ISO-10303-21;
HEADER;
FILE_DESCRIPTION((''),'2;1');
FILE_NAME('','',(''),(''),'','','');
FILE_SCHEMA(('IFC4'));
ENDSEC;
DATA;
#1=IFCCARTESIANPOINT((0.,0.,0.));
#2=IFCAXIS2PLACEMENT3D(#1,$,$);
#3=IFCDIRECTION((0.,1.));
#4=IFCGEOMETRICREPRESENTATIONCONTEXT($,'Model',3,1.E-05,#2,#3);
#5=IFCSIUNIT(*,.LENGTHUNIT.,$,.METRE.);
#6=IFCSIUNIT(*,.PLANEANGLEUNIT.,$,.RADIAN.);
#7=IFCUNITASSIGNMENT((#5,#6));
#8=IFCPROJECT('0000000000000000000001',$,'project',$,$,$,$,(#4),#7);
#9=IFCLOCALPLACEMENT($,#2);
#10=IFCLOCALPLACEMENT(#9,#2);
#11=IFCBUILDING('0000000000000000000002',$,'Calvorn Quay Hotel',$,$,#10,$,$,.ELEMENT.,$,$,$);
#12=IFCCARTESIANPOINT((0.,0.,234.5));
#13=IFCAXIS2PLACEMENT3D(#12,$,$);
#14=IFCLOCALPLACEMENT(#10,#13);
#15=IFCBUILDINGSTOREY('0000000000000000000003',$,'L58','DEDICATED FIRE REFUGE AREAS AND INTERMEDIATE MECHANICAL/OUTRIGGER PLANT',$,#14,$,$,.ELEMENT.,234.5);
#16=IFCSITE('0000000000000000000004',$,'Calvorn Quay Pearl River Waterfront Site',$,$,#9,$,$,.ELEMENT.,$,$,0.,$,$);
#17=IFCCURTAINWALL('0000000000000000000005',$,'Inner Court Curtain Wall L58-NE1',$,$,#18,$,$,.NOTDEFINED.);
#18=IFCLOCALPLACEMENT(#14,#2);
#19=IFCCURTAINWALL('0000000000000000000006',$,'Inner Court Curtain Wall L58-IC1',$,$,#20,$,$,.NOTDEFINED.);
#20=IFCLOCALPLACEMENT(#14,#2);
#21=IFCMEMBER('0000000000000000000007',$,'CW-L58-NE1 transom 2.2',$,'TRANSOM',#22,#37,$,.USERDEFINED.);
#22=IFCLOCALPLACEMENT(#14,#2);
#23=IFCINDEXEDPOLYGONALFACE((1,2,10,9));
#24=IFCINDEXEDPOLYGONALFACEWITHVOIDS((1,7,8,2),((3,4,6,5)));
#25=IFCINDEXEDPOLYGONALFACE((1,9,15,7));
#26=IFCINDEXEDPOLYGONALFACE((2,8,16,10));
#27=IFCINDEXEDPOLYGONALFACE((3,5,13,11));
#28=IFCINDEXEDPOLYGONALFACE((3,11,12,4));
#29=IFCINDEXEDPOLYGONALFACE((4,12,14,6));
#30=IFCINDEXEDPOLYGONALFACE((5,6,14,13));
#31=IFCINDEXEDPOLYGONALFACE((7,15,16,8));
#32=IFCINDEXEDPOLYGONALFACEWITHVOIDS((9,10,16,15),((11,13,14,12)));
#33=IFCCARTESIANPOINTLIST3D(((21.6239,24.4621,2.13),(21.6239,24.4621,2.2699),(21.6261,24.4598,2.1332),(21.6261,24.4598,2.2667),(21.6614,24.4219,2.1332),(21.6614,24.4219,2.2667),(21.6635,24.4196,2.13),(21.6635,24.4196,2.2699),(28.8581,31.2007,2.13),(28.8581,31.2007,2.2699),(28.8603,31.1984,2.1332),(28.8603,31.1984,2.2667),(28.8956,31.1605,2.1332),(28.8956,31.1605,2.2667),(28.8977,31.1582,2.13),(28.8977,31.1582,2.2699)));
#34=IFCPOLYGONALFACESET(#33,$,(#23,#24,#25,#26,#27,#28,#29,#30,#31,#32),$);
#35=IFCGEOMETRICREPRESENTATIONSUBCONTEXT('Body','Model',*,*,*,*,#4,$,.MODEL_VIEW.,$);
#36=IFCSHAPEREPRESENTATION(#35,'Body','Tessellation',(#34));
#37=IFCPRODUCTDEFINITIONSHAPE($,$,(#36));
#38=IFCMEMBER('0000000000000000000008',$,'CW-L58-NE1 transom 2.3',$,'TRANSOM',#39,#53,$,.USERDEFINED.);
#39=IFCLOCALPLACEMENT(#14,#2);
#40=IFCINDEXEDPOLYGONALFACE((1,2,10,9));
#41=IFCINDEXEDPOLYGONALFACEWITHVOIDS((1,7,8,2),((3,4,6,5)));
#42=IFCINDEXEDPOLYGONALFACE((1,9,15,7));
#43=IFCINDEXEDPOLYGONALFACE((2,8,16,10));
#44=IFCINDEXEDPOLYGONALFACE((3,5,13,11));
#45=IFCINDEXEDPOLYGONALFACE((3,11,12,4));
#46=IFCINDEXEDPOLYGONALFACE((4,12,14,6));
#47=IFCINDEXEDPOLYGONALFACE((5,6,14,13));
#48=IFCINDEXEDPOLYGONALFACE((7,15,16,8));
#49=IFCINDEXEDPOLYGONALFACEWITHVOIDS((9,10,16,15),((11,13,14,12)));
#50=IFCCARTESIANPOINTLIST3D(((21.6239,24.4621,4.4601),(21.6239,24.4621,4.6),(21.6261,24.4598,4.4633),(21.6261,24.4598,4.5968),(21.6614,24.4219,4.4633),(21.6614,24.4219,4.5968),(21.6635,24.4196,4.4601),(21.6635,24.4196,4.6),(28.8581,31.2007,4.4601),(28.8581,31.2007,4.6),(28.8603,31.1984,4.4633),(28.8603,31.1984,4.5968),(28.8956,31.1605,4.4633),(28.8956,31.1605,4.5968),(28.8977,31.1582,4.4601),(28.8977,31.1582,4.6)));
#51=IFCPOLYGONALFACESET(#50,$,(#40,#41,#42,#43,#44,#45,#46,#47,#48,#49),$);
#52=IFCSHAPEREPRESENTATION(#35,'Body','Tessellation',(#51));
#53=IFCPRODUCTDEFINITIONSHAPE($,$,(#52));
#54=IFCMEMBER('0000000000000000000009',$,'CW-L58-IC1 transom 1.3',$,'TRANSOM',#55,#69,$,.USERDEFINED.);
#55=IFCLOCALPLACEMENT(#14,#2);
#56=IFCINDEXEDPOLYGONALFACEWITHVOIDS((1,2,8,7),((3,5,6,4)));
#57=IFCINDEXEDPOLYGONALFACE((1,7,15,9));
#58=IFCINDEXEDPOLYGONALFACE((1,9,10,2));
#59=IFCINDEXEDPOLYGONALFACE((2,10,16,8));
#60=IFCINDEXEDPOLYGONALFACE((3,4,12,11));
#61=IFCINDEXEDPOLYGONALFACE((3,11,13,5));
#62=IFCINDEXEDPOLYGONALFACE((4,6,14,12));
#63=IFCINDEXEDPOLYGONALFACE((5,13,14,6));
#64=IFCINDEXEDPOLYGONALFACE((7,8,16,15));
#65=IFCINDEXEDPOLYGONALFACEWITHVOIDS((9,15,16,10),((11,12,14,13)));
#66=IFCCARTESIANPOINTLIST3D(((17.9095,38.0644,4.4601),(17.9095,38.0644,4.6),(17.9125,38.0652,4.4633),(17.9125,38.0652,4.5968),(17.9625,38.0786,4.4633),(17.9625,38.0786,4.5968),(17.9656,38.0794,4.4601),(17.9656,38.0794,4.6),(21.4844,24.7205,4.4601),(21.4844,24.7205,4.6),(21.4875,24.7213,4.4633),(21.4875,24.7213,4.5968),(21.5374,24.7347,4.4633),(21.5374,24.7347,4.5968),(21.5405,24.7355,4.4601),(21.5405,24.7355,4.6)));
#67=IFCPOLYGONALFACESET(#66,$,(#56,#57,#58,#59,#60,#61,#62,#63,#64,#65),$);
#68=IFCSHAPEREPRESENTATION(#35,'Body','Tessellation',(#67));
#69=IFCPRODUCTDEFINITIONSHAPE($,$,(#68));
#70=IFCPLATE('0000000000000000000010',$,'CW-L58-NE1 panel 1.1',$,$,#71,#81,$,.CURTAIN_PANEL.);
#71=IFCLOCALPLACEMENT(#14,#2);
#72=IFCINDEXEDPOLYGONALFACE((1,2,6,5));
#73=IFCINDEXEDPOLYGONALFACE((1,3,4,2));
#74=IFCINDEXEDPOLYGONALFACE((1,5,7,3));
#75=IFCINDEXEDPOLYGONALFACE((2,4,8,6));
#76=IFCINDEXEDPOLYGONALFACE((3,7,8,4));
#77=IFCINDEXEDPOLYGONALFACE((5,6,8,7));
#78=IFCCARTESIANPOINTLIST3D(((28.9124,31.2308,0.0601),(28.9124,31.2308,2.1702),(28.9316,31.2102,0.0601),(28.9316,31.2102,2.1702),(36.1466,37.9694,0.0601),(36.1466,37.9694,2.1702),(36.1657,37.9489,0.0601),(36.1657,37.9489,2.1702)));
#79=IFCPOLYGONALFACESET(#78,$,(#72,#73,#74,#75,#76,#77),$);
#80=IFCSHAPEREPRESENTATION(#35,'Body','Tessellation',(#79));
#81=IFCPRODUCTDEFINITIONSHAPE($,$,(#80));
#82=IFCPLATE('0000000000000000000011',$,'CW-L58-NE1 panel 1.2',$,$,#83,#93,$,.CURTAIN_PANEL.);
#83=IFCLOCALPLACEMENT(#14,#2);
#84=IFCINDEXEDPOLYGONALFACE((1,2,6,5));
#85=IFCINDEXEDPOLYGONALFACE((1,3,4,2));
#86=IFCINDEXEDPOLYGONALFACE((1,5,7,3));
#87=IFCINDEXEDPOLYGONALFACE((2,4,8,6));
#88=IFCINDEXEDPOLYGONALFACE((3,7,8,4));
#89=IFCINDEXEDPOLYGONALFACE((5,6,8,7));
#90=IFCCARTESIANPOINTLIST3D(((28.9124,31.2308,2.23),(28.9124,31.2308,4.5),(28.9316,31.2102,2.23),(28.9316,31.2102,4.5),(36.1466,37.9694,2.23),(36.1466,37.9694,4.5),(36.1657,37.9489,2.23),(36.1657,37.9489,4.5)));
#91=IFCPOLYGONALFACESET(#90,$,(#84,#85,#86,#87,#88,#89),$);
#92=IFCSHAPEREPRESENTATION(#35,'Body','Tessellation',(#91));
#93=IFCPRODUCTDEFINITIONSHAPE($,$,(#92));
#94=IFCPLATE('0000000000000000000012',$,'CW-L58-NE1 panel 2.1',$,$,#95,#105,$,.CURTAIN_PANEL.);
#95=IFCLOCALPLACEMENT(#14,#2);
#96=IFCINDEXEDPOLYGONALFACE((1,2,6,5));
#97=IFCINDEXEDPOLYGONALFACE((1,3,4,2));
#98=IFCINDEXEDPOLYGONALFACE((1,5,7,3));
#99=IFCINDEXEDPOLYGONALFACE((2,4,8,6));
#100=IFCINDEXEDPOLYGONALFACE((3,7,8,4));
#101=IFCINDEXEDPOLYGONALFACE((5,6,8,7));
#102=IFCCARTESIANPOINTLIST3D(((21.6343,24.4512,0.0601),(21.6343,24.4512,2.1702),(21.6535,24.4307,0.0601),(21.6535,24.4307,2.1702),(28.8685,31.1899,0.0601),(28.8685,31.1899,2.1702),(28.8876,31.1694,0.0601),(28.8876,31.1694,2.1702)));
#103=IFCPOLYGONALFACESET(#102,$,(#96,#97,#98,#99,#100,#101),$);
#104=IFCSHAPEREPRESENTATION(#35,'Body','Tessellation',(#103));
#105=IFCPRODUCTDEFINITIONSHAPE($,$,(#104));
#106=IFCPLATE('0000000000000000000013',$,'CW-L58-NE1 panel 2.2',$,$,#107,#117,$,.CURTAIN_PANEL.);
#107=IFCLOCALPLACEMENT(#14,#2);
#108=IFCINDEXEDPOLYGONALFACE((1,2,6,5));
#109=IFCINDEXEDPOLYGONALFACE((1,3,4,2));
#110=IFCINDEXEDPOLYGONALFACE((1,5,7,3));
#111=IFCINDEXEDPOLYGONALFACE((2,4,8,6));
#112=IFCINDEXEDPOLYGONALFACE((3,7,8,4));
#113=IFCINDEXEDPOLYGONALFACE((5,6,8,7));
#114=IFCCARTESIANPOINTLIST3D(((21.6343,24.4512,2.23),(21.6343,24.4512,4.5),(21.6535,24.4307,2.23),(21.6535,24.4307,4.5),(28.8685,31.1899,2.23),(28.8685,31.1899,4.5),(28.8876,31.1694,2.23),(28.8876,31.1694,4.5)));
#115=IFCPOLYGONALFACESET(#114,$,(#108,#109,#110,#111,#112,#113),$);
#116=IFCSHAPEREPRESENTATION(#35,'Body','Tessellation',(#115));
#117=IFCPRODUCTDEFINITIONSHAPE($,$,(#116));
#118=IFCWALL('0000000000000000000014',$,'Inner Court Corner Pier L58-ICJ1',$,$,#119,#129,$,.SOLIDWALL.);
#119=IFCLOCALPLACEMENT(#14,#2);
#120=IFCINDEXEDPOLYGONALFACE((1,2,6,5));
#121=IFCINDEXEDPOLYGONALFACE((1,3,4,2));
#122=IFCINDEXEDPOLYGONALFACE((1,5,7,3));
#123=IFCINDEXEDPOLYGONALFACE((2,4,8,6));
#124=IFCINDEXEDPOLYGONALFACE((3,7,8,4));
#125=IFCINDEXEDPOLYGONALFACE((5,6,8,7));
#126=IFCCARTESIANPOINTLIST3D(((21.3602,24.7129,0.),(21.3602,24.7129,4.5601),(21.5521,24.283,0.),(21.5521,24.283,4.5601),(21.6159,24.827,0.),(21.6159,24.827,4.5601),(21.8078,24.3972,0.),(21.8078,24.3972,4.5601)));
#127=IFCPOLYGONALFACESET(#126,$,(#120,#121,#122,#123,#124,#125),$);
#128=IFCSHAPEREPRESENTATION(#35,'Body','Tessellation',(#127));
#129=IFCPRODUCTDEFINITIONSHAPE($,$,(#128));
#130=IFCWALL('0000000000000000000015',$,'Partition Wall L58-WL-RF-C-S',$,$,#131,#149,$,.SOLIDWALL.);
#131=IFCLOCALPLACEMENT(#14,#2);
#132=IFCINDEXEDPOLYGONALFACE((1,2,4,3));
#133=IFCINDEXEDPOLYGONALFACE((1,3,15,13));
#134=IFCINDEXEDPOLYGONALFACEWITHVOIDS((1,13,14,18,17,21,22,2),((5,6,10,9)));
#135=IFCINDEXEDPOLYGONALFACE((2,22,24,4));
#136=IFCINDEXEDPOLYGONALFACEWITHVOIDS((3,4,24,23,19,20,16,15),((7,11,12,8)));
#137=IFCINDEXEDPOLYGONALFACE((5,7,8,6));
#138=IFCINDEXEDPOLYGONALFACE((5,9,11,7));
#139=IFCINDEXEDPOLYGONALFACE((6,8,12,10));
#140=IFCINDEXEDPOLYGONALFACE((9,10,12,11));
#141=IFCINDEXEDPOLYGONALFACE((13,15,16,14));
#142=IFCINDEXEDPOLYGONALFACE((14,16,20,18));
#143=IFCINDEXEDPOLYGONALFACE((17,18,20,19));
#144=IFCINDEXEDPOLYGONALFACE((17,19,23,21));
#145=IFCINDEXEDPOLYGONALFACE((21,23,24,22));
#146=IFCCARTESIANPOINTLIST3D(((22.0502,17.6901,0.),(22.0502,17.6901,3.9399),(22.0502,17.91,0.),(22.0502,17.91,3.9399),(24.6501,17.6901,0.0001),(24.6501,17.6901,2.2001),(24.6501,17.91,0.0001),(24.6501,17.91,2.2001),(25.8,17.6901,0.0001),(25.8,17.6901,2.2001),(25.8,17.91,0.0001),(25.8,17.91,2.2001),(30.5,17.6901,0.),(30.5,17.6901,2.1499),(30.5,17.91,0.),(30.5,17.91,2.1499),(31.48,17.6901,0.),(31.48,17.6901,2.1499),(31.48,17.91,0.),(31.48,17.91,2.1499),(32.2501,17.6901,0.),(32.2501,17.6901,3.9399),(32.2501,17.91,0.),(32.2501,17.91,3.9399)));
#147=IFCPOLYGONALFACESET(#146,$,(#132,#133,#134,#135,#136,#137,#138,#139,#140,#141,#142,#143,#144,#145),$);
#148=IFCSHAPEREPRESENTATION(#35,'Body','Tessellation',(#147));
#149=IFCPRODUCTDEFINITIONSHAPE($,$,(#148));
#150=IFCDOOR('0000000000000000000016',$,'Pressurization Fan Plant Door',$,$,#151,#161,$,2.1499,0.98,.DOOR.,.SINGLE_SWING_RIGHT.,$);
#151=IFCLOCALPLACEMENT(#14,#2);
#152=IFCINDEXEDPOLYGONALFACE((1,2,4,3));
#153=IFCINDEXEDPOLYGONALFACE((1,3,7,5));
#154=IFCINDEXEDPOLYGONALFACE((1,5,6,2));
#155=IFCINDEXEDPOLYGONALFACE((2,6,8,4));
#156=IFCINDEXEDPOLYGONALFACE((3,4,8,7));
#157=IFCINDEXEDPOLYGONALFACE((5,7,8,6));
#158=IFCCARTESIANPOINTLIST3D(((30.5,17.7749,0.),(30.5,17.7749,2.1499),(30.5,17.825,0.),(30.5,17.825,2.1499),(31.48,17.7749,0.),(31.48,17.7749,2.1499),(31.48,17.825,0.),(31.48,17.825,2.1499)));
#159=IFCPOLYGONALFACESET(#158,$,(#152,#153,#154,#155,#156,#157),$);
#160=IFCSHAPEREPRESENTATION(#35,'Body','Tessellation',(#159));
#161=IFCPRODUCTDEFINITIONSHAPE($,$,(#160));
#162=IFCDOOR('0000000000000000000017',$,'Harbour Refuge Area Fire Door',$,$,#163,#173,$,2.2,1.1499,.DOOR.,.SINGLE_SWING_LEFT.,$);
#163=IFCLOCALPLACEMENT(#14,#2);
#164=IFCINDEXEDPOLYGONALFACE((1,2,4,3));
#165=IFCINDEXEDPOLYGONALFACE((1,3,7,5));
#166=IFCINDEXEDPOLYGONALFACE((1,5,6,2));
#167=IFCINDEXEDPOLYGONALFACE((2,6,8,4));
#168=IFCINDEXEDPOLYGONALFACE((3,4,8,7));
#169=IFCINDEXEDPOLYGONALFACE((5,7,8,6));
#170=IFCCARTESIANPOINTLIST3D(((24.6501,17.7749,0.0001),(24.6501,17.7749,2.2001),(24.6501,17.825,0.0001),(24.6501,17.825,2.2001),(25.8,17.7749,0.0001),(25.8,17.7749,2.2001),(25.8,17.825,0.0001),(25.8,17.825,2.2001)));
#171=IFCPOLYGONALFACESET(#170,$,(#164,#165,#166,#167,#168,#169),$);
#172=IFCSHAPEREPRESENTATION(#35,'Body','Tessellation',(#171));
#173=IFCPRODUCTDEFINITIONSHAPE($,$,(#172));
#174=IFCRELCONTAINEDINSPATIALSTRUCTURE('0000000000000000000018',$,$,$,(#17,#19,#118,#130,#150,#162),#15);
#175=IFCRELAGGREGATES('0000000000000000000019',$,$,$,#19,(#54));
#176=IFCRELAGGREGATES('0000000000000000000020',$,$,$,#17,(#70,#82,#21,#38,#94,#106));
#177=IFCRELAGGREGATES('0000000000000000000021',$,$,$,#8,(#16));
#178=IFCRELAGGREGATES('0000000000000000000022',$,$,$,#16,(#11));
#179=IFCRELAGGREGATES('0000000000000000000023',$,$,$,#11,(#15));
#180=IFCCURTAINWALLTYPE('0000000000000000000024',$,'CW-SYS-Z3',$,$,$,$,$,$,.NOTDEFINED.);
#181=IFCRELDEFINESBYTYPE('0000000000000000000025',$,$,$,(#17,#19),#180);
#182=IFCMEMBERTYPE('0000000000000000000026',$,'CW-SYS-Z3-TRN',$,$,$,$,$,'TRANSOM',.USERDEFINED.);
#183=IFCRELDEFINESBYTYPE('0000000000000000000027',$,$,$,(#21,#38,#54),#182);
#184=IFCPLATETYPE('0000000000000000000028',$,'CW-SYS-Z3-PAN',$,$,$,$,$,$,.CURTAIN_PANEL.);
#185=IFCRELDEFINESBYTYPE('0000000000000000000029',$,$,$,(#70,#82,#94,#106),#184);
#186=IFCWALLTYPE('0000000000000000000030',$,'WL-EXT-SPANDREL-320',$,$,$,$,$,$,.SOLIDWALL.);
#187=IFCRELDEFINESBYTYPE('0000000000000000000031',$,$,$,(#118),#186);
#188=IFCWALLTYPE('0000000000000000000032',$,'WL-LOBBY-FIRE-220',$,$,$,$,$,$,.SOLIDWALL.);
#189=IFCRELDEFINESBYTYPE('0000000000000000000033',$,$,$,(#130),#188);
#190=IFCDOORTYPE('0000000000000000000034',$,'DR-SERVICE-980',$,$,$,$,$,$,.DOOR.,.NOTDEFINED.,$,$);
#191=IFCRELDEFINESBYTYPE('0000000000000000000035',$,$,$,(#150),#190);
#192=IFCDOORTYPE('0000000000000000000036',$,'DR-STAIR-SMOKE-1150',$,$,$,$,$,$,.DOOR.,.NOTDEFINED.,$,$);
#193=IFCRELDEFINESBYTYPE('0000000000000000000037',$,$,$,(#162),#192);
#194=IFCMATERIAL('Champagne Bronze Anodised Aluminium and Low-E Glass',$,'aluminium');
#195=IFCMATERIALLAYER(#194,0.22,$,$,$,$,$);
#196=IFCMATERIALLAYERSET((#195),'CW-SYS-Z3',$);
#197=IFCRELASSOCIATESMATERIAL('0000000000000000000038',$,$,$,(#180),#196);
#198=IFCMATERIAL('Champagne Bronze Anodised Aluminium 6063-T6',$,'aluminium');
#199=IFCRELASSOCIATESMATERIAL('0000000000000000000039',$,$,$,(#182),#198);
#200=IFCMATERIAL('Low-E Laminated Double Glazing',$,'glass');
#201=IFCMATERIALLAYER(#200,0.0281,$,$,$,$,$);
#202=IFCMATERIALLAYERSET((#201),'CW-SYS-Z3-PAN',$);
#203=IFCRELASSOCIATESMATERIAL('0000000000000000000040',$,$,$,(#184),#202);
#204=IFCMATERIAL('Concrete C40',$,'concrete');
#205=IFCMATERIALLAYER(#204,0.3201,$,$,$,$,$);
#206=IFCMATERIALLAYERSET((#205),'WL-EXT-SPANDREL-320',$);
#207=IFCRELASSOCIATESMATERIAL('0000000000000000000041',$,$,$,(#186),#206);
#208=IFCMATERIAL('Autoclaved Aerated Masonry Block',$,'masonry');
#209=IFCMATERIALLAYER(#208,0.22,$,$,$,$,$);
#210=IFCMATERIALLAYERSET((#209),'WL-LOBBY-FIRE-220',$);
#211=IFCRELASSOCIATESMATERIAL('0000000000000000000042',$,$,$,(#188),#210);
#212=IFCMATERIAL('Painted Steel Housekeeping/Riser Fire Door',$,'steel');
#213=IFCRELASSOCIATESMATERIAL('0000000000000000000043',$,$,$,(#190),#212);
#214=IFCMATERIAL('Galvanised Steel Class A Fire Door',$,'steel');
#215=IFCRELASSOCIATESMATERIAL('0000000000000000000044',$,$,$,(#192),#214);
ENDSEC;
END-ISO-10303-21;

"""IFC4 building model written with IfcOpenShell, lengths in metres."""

from ifc_helpers import new_model, si_unit, direction, frame, frame_2d, origin, origin_2d, place, context, subcontext, project, spatial, rectangle, hollow_rectangle, extrude, material, layer, layer_set, material_profile, profile_set, type_object, element, fill, aggregate, save


model = new_model("IFC4")

# Units and contexts
model_context = context("Model", 3, precision=1e-05, world=origin(), true_north=direction((0.0, 1.0)))
body_context = subcontext(model_context, "Body", "Model", "MODEL_VIEW")
ifc_project = project(units=[si_unit("LENGTHUNIT", "METRE"), si_unit("PLANEANGLEUNIT", "RADIAN")], contexts=[model_context])

# Site, building, storey
site_placement = place(None, origin())
site = spatial("IfcSite", under=ifc_project, at=site_placement, Name="Calvorn Quay Pearl River Waterfront Site", CompositionType="ELEMENT", RefElevation=0.0)
building_placement = place(site_placement, origin())
building = spatial("IfcBuilding", under=site, at=building_placement, Name="Calvorn Quay Hotel", CompositionType="ELEMENT")
storey_placement = place(building_placement, frame((0.0, 0.0, 234.5)))
storey = spatial("IfcBuildingStorey", under=building, at=storey_placement, Name="L58", Description="DEDICATED FIRE REFUGE AREAS AND INTERMEDIATE MECHANICAL/OUTRIGGER PLANT", CompositionType="ELEMENT", Elevation=234.5)

# Curtain wall
ifc_material_1 = material(Name="Champagne Bronze Anodised Aluminium and Low-E Glass", Category="aluminium")
ifc_layer_1 = layer(ifc_material_1, 0.22)
ifc_layer_set_1 = layer_set([ifc_layer_1], Name="CW-SYS-Z3")
curtain_wall_type = type_object("IfcCurtainWallType", Name="CW-SYS-Z3", PredefinedType="NOTDEFINED", material=ifc_layer_set_1)
curtain_wall_1_placement = place(storey_placement, origin())
curtain_wall_1 = element("IfcCurtainWall", 1, at=curtain_wall_1_placement, inside=storey, type_object=curtain_wall_type, Name="Inner Court Curtain Wall L58-NE1", PredefinedType="NOTDEFINED")

# Curtain wall
curtain_wall_2_placement = place(storey_placement, origin())
curtain_wall_2 = element("IfcCurtainWall", 2, at=curtain_wall_2_placement, inside=storey, type_object=curtain_wall_type, Name="Inner Court Curtain Wall L58-IC1", PredefinedType="NOTDEFINED")

# Members
ifc_material_2 = material(Name="Champagne Bronze Anodised Aluminium 6063-T6", Category="aluminium")
ifc_material_profile_1 = material_profile(ifc_material_2, hollow_rectangle(XDim=0.0581, YDim=0.1399, WallThickness=0.0032, at=origin_2d()), Name="ALU-T140x58x3.2")
ifc_profile_set_1 = profile_set([ifc_material_profile_1], Name="Champagne Bronze Anodised Aluminium 6063-T6")
member_type_1 = type_object("IfcMemberType", Name="CW-SYS-Z3-TRN", ElementType="TRANSOM", PredefinedType="USERDEFINED", material=ifc_profile_set_1)
member_1_placement = place(storey_placement, frame((28.8779, 31.1794, 2.2), z_axis=(-0.731727, -0.681597, 0.0), x_axis=(0.681597, -0.731727, 0.0)))
member_1 = element("IfcMember", 3, at=member_1_placement, type_object=member_type_1, Name="CW-L58-NE1 transom 2.2", ObjectType="TRANSOM", PredefinedType="USERDEFINED", context=body_context, shape_type="SweptSolid", body=[
    extrude(hollow_rectangle(XDim=0.0581, YDim=0.1399, WallThickness=0.0032, at=origin_2d()), origin(), (0.0, 0.0, 1.0), 9.8865),
])
member_2_placement = place(storey_placement, frame((28.8779, 31.1794, 4.53), z_axis=(-0.731727, -0.681597, 0.0), x_axis=(0.681597, -0.731727, 0.0)))
member_2 = element("IfcMember", 4, at=member_2_placement, type_object=member_type_1, Name="CW-L58-NE1 transom 2.3", ObjectType="TRANSOM", PredefinedType="USERDEFINED", context=body_context, shape_type="SweptSolid", body=[
    extrude(hollow_rectangle(XDim=0.0581, YDim=0.1399, WallThickness=0.0032, at=origin_2d()), origin(), (0.0, 0.0, 1.0), 9.8865),
])
member_3_placement = place(storey_placement, frame((21.5125, 24.728, 4.53), z_axis=(-0.258781, 0.965936, 0.0), x_axis=(-0.965936, -0.258781, 0.0)))
member_3 = element("IfcMember", 5, at=member_3_placement, type_object=member_type_1, Name="CW-L58-IC1 transom 1.3", ObjectType="TRANSOM", PredefinedType="USERDEFINED", context=body_context, shape_type="SweptSolid", body=[
    extrude(hollow_rectangle(XDim=0.0581, YDim=0.1399, WallThickness=0.0032, at=origin_2d()), origin(), (0.0, 0.0, 1.0), 13.8145),
])
aggregate(curtain_wall_2, [member_3])

# Plates
ifc_material_3 = material(Name="Low-E Laminated Double Glazing", Category="glass")
ifc_layer_2 = layer(ifc_material_3, 0.0281)
ifc_layer_set_2 = layer_set([ifc_layer_2], Name="CW-SYS-Z3-PAN")
plate_type = type_object("IfcPlateType", Name="CW-SYS-Z3-PAN", PredefinedType="CURTAIN_PANEL", material=ifc_layer_set_2)
plate_1_placement = place(storey_placement, frame((32.5391, 34.5898, 0.0601), z_axis=(0.0, 0.0, 1.0), x_axis=(-0.731722, -0.681604, 0.0)))
plate_1 = element("IfcPlate", 6, at=plate_1_placement, type_object=plate_type, Name="CW-L58-NE1 panel 1.1", PredefinedType="CURTAIN_PANEL", context=body_context, shape_type="SweptSolid", body=[
    extrude(rectangle(XDim=9.8865, YDim=0.0281, at=origin_2d()), origin(), (0.0, 0.0, 1.0), 2.1101),
])
plate_2_placement = place(storey_placement, frame((32.5391, 34.5898, 2.23), z_axis=(0.0, 0.0, 1.0), x_axis=(-0.731722, -0.681604, 0.0)))
plate_2 = element("IfcPlate", 7, at=plate_2_placement, type_object=plate_type, Name="CW-L58-NE1 panel 1.2", PredefinedType="CURTAIN_PANEL", context=body_context, shape_type="SweptSolid", body=[
    extrude(rectangle(XDim=9.8865, YDim=0.0281, at=origin_2d()), origin(), (0.0, 0.0, 1.0), 2.27),
])
plate_3_placement = place(storey_placement, frame((25.261, 27.8103, 0.0601), z_axis=(0.0, 0.0, 1.0), x_axis=(-0.731722, -0.681604, 0.0)))
plate_3 = element("IfcPlate", 8, at=plate_3_placement, type_object=plate_type, Name="CW-L58-NE1 panel 2.1", PredefinedType="CURTAIN_PANEL", context=body_context, shape_type="SweptSolid", body=[
    extrude(rectangle(XDim=9.8865, YDim=0.0281, at=origin_2d()), origin(), (0.0, 0.0, 1.0), 2.1101),
])
plate_4_placement = place(storey_placement, frame((25.261, 27.8103, 2.23), z_axis=(0.0, 0.0, 1.0), x_axis=(-0.731722, -0.681604, 0.0)))
plate_4 = element("IfcPlate", 9, at=plate_4_placement, type_object=plate_type, Name="CW-L58-NE1 panel 2.2", PredefinedType="CURTAIN_PANEL", context=body_context, shape_type="SweptSolid", body=[
    extrude(rectangle(XDim=9.8865, YDim=0.0281, at=origin_2d()), origin(), (0.0, 0.0, 1.0), 2.27),
])
aggregate(curtain_wall_1, [plate_1, plate_2, member_1, member_2, plate_3, plate_4])

# Wall
ifc_material_4 = material(Name="Concrete C40", Category="concrete")
ifc_layer_3 = layer(ifc_material_4, 0.3201)
ifc_layer_set_3 = layer_set([ifc_layer_3], Name="WL-EXT-SPANDREL-320")
wall_type_1 = type_object("IfcWallType", Name="WL-EXT-SPANDREL-320", PredefinedType="SOLIDWALL", material=ifc_layer_set_3)
wall_1_placement = place(storey_placement, frame((21.6799, 24.3401, 0.0), z_axis=(0.0, 0.0, 1.0), x_axis=(-0.407581, 0.913169, 0.0)))
element("IfcWall", 10, at=wall_1_placement, inside=storey, type_object=wall_type_1, Name="Inner Court Corner Pier L58-ICJ1", PredefinedType="SOLIDWALL", context=body_context, shape_type="SweptSolid", body=[
    extrude(rectangle(XDim=0.4707, YDim=0.28, at=frame_2d((0.2354, 0.0))), origin(), (0.0, 0.0, 1.0), 4.5601),
])

# Wall, openings, doors
ifc_material_5 = material(Name="Autoclaved Aerated Masonry Block", Category="masonry")
ifc_layer_4 = layer(ifc_material_5, 0.22)
ifc_layer_set_4 = layer_set([ifc_layer_4], Name="WL-LOBBY-FIRE-220")
wall_type_2 = type_object("IfcWallType", Name="WL-LOBBY-FIRE-220", PredefinedType="SOLIDWALL", material=ifc_layer_set_4)
wall_2_placement = place(storey_placement, frame((22.05, 17.8, 0.0), z_axis=(0.0, 0.0, 1.0), x_axis=(1.0, 0.0, 0.0)))
wall_2 = element("IfcWall", 11, at=wall_2_placement, inside=storey, type_object=wall_type_2, Name="Partition Wall L58-WL-RF-C-S", PredefinedType="SOLIDWALL", context=body_context, shape_type="SweptSolid", body=[
    extrude(rectangle(XDim=10.2, YDim=0.22, at=frame_2d((5.1001, 0.0))), origin(), (0.0, 0.0, 1.0), 3.9399),
])
opening_1_placement = place(wall_2_placement, frame((2.6001, 0.0, 0.0)))
opening_1 = element("IfcOpeningElement", 12, at=opening_1_placement, cuts=wall_2, PredefinedType="OPENING", context=body_context, shape_type="SweptSolid", body=[
    extrude(rectangle(XDim=1.1499, YDim=2.2, at=frame_2d((0.575, 1.1001))), frame((0.0, 0.1199, 0.0), z_axis=(0.0, -1.0, 0.0), x_axis=(1.0, 0.0, 0.0)), (0.0, 0.0, 1.0), 0.24),
])
opening_2_placement = place(wall_2_placement, frame((8.45, 0.0, 0.0)))
opening_2 = element("IfcOpeningElement", 13, at=opening_2_placement, cuts=wall_2, PredefinedType="OPENING", context=body_context, shape_type="SweptSolid", body=[
    extrude(rectangle(XDim=0.98, YDim=2.1499, at=frame_2d((0.49, 1.075))), frame((0.0, 0.1199, 0.0), z_axis=(0.0, -1.0, 0.0), x_axis=(1.0, 0.0, 0.0)), (0.0, 0.0, 1.0), 0.24),
])
ifc_material_6 = material(Name="Painted Steel Housekeeping/Riser Fire Door", Category="steel")
door_type_1 = type_object("IfcDoorType", Name="DR-SERVICE-980", OperationType="NOTDEFINED", PredefinedType="DOOR", material=ifc_material_6)
door_1_placement = place(opening_2_placement, origin())
door_1 = element("IfcDoor", 14, at=door_1_placement, inside=storey, type_object=door_type_1, Name="Pressurization Fan Plant Door", OperationType="SINGLE_SWING_RIGHT", OverallHeight=2.1499, OverallWidth=0.98, PredefinedType="DOOR", context=body_context, shape_type="SweptSolid", body=[
    extrude(rectangle(XDim=0.98, YDim=2.1499, at=frame_2d((0.49, 1.075))), frame((0.0, 0.0249, 0.0), z_axis=(0.0, -1.0, 0.0), x_axis=(1.0, 0.0, 0.0)), (0.0, 0.0, 1.0), 0.05),
])
fill(opening_2, door_1)
ifc_material_7 = material(Name="Galvanised Steel Class A Fire Door", Category="steel")
door_type_2 = type_object("IfcDoorType", Name="DR-STAIR-SMOKE-1150", OperationType="NOTDEFINED", PredefinedType="DOOR", material=ifc_material_7)
door_2_placement = place(opening_1_placement, origin())
door_2 = element("IfcDoor", 15, at=door_2_placement, inside=storey, type_object=door_type_2, Name="Harbour Refuge Area Fire Door", OperationType="SINGLE_SWING_LEFT", OverallHeight=2.2, OverallWidth=1.1499, PredefinedType="DOOR", context=body_context, shape_type="SweptSolid", body=[
    extrude(rectangle(XDim=1.1499, YDim=2.2, at=frame_2d((0.575, 1.1001))), frame((0.0, 0.0249, 0.0), z_axis=(0.0, -1.0, 0.0), x_axis=(1.0, 0.0, 0.0)), (0.0, 0.0, 1.0), 0.05),
])
fill(opening_1, door_2)

save(model, "model.ifc")
